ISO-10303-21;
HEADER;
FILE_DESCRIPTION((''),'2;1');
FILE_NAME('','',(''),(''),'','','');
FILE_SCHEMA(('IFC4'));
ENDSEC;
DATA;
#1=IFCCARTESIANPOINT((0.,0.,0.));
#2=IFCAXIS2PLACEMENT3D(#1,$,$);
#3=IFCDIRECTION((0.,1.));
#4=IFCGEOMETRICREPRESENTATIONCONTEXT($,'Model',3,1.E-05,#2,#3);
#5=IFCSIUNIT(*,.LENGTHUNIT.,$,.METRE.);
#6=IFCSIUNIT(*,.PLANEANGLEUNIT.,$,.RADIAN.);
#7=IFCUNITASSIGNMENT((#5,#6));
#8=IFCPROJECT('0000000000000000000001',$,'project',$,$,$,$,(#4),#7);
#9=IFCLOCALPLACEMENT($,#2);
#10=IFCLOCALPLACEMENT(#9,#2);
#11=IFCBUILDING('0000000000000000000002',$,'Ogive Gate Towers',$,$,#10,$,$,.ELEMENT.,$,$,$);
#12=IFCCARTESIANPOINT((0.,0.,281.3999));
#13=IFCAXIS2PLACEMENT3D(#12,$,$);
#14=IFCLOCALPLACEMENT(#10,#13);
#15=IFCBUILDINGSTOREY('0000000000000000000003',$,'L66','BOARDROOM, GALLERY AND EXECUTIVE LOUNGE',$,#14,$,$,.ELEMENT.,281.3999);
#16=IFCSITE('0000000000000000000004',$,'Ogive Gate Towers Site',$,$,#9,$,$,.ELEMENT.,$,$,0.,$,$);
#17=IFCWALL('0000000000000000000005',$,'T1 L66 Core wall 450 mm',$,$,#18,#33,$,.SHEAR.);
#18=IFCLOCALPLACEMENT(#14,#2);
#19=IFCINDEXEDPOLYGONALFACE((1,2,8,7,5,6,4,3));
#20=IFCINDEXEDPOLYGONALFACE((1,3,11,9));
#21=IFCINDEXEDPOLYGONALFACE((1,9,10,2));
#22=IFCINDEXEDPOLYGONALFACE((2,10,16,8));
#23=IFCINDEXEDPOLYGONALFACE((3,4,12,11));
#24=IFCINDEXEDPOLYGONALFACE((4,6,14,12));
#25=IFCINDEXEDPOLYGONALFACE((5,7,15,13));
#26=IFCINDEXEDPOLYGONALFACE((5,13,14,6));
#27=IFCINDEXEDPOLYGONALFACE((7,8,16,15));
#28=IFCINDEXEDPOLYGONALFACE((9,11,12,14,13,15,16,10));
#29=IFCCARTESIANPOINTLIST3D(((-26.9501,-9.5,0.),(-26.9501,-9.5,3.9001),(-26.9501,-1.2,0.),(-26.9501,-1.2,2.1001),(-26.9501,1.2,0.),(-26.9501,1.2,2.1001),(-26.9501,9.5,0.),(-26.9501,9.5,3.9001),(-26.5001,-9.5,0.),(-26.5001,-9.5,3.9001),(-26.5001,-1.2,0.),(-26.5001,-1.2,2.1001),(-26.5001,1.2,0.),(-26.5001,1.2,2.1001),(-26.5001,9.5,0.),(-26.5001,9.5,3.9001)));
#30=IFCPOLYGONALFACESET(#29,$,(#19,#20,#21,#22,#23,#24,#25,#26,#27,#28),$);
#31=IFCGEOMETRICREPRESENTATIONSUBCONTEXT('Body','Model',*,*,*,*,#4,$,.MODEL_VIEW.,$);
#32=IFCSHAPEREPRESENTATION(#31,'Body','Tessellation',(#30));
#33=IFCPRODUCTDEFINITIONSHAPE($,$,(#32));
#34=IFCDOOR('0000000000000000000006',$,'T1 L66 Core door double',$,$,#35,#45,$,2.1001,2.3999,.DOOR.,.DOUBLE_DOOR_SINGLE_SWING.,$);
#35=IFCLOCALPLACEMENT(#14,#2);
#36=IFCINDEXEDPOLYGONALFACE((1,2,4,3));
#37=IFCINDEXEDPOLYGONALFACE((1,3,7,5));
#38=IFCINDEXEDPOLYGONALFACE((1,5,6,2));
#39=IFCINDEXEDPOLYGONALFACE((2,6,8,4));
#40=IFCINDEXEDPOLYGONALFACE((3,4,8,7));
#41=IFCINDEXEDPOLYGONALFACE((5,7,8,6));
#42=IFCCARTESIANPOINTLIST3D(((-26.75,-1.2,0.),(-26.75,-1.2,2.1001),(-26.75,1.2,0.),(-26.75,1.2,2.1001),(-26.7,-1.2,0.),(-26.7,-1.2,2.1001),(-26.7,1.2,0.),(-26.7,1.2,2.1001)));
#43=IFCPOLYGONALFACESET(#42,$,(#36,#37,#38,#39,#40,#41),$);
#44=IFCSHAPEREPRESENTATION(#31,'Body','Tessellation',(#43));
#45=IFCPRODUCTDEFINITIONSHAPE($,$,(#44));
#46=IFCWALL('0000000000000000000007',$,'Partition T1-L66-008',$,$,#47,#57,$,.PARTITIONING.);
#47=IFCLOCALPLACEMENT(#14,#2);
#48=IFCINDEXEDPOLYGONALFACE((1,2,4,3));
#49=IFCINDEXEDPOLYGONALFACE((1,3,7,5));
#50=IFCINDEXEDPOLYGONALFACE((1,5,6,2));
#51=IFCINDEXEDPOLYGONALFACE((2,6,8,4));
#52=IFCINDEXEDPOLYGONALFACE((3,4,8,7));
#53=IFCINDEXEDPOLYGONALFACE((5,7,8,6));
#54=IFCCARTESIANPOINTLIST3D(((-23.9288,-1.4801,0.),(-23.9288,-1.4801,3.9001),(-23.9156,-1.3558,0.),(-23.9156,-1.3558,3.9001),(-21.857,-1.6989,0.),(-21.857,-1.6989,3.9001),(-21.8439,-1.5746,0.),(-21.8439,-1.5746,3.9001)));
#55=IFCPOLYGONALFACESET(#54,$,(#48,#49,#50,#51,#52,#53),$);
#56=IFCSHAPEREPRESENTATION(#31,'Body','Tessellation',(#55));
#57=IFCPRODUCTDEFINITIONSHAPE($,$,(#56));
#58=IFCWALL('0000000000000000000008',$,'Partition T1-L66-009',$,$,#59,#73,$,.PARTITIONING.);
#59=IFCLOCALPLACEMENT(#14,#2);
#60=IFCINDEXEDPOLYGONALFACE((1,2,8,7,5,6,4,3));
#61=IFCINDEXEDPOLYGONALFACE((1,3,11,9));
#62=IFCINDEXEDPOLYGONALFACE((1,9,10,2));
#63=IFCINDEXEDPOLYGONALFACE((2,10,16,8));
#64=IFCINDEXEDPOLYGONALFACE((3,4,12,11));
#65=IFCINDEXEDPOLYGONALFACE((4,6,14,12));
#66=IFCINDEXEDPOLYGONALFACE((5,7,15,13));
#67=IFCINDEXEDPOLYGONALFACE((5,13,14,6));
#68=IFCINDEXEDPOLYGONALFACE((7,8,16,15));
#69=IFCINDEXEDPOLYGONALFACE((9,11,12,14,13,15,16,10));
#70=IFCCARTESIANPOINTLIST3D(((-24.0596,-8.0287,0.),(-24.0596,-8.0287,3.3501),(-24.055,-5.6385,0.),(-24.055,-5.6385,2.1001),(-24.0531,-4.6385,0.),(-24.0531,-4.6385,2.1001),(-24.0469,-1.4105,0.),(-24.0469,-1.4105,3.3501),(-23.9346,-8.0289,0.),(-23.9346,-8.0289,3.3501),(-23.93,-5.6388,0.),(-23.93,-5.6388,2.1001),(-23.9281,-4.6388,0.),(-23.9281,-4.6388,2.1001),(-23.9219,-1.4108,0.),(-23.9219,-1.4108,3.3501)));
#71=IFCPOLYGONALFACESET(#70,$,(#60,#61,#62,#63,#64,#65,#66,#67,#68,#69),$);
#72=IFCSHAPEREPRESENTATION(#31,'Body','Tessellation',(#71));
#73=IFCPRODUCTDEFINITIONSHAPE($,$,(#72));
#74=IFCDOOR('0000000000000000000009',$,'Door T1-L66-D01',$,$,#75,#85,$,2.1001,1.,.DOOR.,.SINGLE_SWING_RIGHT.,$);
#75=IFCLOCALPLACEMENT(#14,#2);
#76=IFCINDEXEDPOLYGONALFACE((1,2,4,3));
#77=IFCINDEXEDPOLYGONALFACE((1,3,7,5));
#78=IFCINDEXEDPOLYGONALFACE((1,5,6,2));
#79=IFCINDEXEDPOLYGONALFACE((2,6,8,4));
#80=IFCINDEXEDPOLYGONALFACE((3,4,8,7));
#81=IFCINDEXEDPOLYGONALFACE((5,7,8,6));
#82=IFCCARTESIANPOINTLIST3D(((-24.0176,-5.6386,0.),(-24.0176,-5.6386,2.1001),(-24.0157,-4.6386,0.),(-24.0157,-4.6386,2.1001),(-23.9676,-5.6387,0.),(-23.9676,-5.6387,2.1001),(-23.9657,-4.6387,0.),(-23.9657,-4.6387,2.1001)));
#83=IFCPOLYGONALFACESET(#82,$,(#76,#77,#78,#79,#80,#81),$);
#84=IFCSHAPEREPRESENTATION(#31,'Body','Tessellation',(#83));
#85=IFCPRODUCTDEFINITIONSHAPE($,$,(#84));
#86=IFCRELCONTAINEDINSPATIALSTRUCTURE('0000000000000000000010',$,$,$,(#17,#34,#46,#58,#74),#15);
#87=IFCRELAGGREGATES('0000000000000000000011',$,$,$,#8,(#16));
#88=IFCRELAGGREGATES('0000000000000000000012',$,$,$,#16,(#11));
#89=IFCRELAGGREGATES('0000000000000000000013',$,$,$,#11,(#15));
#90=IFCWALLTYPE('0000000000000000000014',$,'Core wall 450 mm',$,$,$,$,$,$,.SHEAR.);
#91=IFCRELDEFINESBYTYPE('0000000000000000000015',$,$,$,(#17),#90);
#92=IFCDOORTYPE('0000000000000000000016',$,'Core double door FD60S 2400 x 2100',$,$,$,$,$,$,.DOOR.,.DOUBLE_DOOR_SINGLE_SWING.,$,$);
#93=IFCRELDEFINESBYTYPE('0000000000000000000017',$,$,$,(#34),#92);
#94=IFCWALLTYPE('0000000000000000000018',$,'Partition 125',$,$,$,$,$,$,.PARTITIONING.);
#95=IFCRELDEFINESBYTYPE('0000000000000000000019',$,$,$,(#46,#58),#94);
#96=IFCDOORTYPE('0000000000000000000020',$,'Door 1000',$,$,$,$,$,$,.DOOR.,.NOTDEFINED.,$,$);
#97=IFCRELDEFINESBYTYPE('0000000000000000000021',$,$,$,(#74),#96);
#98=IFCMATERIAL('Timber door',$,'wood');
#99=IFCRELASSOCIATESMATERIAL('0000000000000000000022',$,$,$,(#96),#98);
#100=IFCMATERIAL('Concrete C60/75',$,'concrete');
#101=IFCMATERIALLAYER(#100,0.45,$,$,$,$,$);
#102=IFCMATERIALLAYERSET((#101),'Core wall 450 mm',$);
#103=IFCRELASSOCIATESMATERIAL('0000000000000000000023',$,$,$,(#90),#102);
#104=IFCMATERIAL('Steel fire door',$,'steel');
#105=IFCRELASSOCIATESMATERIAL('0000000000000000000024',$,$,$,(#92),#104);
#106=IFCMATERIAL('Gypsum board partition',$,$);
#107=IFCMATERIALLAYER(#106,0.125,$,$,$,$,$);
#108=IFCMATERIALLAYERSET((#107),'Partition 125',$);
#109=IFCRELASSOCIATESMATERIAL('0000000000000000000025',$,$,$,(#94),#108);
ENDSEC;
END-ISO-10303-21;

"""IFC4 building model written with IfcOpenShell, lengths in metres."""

from ifc_helpers import new_model, si_unit, direction, frame, frame_2d, origin, place, context, subcontext, project, spatial, rectangle, extrude, material, layer, layer_set, type_object, element, fill, save


model = new_model("IFC4")

# Units and contexts
model_context = context("Model", 3, precision=1e-05, world=origin(), true_north=direction((0.0, 1.0)))
body_context = subcontext(model_context, "Body", "Model", "MODEL_VIEW")
ifc_project = project(units=[si_unit("LENGTHUNIT", "METRE"), si_unit("PLANEANGLEUNIT", "RADIAN")], contexts=[model_context])

# Site, building, storey
site_placement = place(None, origin())
site = spatial("IfcSite", under=ifc_project, at=site_placement, Name="Ogive Gate Towers Site", CompositionType="ELEMENT", RefElevation=0.0)
building_placement = place(site_placement, origin())
building = spatial("IfcBuilding", under=site, at=building_placement, Name="Ogive Gate Towers", CompositionType="ELEMENT")
storey_placement = place(building_placement, frame((0.0, 0.0, 281.3999)))
storey = spatial("IfcBuildingStorey", under=building, at=storey_placement, Name="L66", Description="BOARDROOM, GALLERY AND EXECUTIVE LOUNGE", CompositionType="ELEMENT", Elevation=281.3999)

# Shared definitions
ifc_material_1 = material(Name="Timber door", Category="wood")
door_type_1 = type_object("IfcDoorType", Name="Door 1000", OperationType="NOTDEFINED", PredefinedType="DOOR", material=ifc_material_1)

# Wall, opening, door
ifc_material_2 = material(Name="Concrete C60/75", Category="concrete")
ifc_layer_1 = layer(ifc_material_2, 0.45)
ifc_layer_set_1 = layer_set([ifc_layer_1], Name="Core wall 450 mm")
wall_type_1 = type_object("IfcWallType", Name="Core wall 450 mm", PredefinedType="SHEAR", material=ifc_layer_set_1)
wall_1_placement = place(storey_placement, frame((-26.7251, -9.5, 0.0), z_axis=(0.0, 0.0, 1.0), x_axis=(0.0, 1.0, 0.0)))
wall_1 = element("IfcWall", 1, at=wall_1_placement, inside=storey, type_object=wall_type_1, Name="T1 L66 Core wall 450 mm", PredefinedType="SHEAR", context=body_context, shape_type="SweptSolid", body=[
    extrude(rectangle(XDim=19.0, YDim=0.45, at=frame_2d((9.5, 0.0))), origin(), (0.0, 0.0, 1.0), 3.9001),
])
opening_1_placement = place(wall_1_placement, frame((8.3, 0.0, 0.0)))
opening_1 = element("IfcOpeningElement", 2, at=opening_1_placement, cuts=wall_1, PredefinedType="OPENING", context=body_context, shape_type="SweptSolid", body=[
    extrude(rectangle(XDim=2.3999, YDim=2.1001, at=frame_2d((1.2, 1.05))), frame((0.0, 0.2349, 0.0), z_axis=(0.0, -1.0, 0.0), x_axis=(1.0, 0.0, 0.0)), (0.0, 0.0, 1.0), 0.47),
])
ifc_material_3 = material(Name="Steel fire door", Category="steel")
door_type_2 = type_object("IfcDoorType", Name="Core double door FD60S 2400 x 2100", OperationType="DOUBLE_DOOR_SINGLE_SWING", PredefinedType="DOOR", material=ifc_material_3)
door_1_placement = place(opening_1_placement, origin())
door_1 = element("IfcDoor", 3, at=door_1_placement, inside=storey, type_object=door_type_2, Name="T1 L66 Core door double", OperationType="DOUBLE_DOOR_SINGLE_SWING", OverallHeight=2.1001, OverallWidth=2.3999, PredefinedType="DOOR", context=body_context, shape_type="SweptSolid", body=[
    extrude(rectangle(XDim=2.3999, YDim=2.1001, at=frame_2d((1.2, 1.05))), frame((0.0, 0.0249, 0.0), z_axis=(0.0, -1.0, 0.0), x_axis=(1.0, 0.0, 0.0)), (0.0, 0.0, 1.0), 0.05),
])
fill(opening_1, door_1)

# Wall
ifc_material_4 = material(Name="Gypsum board partition")
ifc_layer_2 = layer(ifc_material_4, 0.125)
ifc_layer_set_2 = layer_set([ifc_layer_2], Name="Partition 125")
wall_type_2 = type_object("IfcWallType", Name="Partition 125", PredefinedType="PARTITIONING", material=ifc_layer_set_2)
wall_2_placement = place(storey_placement, frame((-21.8506, -1.6367, 0.0), z_axis=(0.0, 0.0, 1.0), x_axis=(-0.994472, 0.105002, 0.0)))
element("IfcWall", 4, at=wall_2_placement, inside=storey, type_object=wall_type_2, Name="Partition T1-L66-008", PredefinedType="PARTITIONING", context=body_context, shape_type="SweptSolid", body=[
    extrude(rectangle(XDim=2.0833, YDim=0.125, at=frame_2d((1.0415, 0.0))), origin(), (0.0, 0.0, 1.0), 3.9001),
])

# Wall, opening, door
wall_3_placement = place(storey_placement, frame((-23.9844, -1.4106, 0.0), z_axis=(0.0, 0.0, 1.0), x_axis=(-0.001918, -0.999998, 0.0)))
wall_3 = element("IfcWall", 5, at=wall_3_placement, inside=storey, type_object=wall_type_2, Name="Partition T1-L66-009", PredefinedType="PARTITIONING", context=body_context, shape_type="SweptSolid", body=[
    extrude(rectangle(XDim=6.6182, YDim=0.125, at=frame_2d((3.3091, 0.0))), origin(), (0.0, 0.0, 1.0), 3.3501),
])
opening_2_placement = place(wall_3_placement, frame((3.228, 0.0, 0.0)))
opening_2 = element("IfcOpeningElement", 6, at=opening_2_placement, cuts=wall_3, PredefinedType="OPENING", context=body_context, shape_type="SweptSolid", body=[
    extrude(rectangle(XDim=1.0, YDim=2.1001, at=frame_2d((0.5, 1.05))), frame((0.0, 0.0725, 0.0), z_axis=(0.0, -1.0, 0.0), x_axis=(1.0, 0.0, 0.0)), (0.0, 0.0, 1.0), 0.145),
])
door_2_placement = place(opening_2_placement, origin())
door_2 = element("IfcDoor", 7, at=door_2_placement, inside=storey, type_object=door_type_1, Name="Door T1-L66-D01", OperationType="SINGLE_SWING_RIGHT", OverallHeight=2.1001, OverallWidth=1.0, PredefinedType="DOOR", context=body_context, shape_type="SweptSolid", body=[
    extrude(rectangle(XDim=1.0, YDim=2.1001, at=frame_2d((0.5, 1.05))), frame((0.0, 0.0249, 0.0), z_axis=(0.0, -1.0, 0.0), x_axis=(1.0, 0.0, 0.0)), (0.0, 0.0, 1.0), 0.05),
])
fill(opening_2, door_2)

save(model, "model.ifc")
